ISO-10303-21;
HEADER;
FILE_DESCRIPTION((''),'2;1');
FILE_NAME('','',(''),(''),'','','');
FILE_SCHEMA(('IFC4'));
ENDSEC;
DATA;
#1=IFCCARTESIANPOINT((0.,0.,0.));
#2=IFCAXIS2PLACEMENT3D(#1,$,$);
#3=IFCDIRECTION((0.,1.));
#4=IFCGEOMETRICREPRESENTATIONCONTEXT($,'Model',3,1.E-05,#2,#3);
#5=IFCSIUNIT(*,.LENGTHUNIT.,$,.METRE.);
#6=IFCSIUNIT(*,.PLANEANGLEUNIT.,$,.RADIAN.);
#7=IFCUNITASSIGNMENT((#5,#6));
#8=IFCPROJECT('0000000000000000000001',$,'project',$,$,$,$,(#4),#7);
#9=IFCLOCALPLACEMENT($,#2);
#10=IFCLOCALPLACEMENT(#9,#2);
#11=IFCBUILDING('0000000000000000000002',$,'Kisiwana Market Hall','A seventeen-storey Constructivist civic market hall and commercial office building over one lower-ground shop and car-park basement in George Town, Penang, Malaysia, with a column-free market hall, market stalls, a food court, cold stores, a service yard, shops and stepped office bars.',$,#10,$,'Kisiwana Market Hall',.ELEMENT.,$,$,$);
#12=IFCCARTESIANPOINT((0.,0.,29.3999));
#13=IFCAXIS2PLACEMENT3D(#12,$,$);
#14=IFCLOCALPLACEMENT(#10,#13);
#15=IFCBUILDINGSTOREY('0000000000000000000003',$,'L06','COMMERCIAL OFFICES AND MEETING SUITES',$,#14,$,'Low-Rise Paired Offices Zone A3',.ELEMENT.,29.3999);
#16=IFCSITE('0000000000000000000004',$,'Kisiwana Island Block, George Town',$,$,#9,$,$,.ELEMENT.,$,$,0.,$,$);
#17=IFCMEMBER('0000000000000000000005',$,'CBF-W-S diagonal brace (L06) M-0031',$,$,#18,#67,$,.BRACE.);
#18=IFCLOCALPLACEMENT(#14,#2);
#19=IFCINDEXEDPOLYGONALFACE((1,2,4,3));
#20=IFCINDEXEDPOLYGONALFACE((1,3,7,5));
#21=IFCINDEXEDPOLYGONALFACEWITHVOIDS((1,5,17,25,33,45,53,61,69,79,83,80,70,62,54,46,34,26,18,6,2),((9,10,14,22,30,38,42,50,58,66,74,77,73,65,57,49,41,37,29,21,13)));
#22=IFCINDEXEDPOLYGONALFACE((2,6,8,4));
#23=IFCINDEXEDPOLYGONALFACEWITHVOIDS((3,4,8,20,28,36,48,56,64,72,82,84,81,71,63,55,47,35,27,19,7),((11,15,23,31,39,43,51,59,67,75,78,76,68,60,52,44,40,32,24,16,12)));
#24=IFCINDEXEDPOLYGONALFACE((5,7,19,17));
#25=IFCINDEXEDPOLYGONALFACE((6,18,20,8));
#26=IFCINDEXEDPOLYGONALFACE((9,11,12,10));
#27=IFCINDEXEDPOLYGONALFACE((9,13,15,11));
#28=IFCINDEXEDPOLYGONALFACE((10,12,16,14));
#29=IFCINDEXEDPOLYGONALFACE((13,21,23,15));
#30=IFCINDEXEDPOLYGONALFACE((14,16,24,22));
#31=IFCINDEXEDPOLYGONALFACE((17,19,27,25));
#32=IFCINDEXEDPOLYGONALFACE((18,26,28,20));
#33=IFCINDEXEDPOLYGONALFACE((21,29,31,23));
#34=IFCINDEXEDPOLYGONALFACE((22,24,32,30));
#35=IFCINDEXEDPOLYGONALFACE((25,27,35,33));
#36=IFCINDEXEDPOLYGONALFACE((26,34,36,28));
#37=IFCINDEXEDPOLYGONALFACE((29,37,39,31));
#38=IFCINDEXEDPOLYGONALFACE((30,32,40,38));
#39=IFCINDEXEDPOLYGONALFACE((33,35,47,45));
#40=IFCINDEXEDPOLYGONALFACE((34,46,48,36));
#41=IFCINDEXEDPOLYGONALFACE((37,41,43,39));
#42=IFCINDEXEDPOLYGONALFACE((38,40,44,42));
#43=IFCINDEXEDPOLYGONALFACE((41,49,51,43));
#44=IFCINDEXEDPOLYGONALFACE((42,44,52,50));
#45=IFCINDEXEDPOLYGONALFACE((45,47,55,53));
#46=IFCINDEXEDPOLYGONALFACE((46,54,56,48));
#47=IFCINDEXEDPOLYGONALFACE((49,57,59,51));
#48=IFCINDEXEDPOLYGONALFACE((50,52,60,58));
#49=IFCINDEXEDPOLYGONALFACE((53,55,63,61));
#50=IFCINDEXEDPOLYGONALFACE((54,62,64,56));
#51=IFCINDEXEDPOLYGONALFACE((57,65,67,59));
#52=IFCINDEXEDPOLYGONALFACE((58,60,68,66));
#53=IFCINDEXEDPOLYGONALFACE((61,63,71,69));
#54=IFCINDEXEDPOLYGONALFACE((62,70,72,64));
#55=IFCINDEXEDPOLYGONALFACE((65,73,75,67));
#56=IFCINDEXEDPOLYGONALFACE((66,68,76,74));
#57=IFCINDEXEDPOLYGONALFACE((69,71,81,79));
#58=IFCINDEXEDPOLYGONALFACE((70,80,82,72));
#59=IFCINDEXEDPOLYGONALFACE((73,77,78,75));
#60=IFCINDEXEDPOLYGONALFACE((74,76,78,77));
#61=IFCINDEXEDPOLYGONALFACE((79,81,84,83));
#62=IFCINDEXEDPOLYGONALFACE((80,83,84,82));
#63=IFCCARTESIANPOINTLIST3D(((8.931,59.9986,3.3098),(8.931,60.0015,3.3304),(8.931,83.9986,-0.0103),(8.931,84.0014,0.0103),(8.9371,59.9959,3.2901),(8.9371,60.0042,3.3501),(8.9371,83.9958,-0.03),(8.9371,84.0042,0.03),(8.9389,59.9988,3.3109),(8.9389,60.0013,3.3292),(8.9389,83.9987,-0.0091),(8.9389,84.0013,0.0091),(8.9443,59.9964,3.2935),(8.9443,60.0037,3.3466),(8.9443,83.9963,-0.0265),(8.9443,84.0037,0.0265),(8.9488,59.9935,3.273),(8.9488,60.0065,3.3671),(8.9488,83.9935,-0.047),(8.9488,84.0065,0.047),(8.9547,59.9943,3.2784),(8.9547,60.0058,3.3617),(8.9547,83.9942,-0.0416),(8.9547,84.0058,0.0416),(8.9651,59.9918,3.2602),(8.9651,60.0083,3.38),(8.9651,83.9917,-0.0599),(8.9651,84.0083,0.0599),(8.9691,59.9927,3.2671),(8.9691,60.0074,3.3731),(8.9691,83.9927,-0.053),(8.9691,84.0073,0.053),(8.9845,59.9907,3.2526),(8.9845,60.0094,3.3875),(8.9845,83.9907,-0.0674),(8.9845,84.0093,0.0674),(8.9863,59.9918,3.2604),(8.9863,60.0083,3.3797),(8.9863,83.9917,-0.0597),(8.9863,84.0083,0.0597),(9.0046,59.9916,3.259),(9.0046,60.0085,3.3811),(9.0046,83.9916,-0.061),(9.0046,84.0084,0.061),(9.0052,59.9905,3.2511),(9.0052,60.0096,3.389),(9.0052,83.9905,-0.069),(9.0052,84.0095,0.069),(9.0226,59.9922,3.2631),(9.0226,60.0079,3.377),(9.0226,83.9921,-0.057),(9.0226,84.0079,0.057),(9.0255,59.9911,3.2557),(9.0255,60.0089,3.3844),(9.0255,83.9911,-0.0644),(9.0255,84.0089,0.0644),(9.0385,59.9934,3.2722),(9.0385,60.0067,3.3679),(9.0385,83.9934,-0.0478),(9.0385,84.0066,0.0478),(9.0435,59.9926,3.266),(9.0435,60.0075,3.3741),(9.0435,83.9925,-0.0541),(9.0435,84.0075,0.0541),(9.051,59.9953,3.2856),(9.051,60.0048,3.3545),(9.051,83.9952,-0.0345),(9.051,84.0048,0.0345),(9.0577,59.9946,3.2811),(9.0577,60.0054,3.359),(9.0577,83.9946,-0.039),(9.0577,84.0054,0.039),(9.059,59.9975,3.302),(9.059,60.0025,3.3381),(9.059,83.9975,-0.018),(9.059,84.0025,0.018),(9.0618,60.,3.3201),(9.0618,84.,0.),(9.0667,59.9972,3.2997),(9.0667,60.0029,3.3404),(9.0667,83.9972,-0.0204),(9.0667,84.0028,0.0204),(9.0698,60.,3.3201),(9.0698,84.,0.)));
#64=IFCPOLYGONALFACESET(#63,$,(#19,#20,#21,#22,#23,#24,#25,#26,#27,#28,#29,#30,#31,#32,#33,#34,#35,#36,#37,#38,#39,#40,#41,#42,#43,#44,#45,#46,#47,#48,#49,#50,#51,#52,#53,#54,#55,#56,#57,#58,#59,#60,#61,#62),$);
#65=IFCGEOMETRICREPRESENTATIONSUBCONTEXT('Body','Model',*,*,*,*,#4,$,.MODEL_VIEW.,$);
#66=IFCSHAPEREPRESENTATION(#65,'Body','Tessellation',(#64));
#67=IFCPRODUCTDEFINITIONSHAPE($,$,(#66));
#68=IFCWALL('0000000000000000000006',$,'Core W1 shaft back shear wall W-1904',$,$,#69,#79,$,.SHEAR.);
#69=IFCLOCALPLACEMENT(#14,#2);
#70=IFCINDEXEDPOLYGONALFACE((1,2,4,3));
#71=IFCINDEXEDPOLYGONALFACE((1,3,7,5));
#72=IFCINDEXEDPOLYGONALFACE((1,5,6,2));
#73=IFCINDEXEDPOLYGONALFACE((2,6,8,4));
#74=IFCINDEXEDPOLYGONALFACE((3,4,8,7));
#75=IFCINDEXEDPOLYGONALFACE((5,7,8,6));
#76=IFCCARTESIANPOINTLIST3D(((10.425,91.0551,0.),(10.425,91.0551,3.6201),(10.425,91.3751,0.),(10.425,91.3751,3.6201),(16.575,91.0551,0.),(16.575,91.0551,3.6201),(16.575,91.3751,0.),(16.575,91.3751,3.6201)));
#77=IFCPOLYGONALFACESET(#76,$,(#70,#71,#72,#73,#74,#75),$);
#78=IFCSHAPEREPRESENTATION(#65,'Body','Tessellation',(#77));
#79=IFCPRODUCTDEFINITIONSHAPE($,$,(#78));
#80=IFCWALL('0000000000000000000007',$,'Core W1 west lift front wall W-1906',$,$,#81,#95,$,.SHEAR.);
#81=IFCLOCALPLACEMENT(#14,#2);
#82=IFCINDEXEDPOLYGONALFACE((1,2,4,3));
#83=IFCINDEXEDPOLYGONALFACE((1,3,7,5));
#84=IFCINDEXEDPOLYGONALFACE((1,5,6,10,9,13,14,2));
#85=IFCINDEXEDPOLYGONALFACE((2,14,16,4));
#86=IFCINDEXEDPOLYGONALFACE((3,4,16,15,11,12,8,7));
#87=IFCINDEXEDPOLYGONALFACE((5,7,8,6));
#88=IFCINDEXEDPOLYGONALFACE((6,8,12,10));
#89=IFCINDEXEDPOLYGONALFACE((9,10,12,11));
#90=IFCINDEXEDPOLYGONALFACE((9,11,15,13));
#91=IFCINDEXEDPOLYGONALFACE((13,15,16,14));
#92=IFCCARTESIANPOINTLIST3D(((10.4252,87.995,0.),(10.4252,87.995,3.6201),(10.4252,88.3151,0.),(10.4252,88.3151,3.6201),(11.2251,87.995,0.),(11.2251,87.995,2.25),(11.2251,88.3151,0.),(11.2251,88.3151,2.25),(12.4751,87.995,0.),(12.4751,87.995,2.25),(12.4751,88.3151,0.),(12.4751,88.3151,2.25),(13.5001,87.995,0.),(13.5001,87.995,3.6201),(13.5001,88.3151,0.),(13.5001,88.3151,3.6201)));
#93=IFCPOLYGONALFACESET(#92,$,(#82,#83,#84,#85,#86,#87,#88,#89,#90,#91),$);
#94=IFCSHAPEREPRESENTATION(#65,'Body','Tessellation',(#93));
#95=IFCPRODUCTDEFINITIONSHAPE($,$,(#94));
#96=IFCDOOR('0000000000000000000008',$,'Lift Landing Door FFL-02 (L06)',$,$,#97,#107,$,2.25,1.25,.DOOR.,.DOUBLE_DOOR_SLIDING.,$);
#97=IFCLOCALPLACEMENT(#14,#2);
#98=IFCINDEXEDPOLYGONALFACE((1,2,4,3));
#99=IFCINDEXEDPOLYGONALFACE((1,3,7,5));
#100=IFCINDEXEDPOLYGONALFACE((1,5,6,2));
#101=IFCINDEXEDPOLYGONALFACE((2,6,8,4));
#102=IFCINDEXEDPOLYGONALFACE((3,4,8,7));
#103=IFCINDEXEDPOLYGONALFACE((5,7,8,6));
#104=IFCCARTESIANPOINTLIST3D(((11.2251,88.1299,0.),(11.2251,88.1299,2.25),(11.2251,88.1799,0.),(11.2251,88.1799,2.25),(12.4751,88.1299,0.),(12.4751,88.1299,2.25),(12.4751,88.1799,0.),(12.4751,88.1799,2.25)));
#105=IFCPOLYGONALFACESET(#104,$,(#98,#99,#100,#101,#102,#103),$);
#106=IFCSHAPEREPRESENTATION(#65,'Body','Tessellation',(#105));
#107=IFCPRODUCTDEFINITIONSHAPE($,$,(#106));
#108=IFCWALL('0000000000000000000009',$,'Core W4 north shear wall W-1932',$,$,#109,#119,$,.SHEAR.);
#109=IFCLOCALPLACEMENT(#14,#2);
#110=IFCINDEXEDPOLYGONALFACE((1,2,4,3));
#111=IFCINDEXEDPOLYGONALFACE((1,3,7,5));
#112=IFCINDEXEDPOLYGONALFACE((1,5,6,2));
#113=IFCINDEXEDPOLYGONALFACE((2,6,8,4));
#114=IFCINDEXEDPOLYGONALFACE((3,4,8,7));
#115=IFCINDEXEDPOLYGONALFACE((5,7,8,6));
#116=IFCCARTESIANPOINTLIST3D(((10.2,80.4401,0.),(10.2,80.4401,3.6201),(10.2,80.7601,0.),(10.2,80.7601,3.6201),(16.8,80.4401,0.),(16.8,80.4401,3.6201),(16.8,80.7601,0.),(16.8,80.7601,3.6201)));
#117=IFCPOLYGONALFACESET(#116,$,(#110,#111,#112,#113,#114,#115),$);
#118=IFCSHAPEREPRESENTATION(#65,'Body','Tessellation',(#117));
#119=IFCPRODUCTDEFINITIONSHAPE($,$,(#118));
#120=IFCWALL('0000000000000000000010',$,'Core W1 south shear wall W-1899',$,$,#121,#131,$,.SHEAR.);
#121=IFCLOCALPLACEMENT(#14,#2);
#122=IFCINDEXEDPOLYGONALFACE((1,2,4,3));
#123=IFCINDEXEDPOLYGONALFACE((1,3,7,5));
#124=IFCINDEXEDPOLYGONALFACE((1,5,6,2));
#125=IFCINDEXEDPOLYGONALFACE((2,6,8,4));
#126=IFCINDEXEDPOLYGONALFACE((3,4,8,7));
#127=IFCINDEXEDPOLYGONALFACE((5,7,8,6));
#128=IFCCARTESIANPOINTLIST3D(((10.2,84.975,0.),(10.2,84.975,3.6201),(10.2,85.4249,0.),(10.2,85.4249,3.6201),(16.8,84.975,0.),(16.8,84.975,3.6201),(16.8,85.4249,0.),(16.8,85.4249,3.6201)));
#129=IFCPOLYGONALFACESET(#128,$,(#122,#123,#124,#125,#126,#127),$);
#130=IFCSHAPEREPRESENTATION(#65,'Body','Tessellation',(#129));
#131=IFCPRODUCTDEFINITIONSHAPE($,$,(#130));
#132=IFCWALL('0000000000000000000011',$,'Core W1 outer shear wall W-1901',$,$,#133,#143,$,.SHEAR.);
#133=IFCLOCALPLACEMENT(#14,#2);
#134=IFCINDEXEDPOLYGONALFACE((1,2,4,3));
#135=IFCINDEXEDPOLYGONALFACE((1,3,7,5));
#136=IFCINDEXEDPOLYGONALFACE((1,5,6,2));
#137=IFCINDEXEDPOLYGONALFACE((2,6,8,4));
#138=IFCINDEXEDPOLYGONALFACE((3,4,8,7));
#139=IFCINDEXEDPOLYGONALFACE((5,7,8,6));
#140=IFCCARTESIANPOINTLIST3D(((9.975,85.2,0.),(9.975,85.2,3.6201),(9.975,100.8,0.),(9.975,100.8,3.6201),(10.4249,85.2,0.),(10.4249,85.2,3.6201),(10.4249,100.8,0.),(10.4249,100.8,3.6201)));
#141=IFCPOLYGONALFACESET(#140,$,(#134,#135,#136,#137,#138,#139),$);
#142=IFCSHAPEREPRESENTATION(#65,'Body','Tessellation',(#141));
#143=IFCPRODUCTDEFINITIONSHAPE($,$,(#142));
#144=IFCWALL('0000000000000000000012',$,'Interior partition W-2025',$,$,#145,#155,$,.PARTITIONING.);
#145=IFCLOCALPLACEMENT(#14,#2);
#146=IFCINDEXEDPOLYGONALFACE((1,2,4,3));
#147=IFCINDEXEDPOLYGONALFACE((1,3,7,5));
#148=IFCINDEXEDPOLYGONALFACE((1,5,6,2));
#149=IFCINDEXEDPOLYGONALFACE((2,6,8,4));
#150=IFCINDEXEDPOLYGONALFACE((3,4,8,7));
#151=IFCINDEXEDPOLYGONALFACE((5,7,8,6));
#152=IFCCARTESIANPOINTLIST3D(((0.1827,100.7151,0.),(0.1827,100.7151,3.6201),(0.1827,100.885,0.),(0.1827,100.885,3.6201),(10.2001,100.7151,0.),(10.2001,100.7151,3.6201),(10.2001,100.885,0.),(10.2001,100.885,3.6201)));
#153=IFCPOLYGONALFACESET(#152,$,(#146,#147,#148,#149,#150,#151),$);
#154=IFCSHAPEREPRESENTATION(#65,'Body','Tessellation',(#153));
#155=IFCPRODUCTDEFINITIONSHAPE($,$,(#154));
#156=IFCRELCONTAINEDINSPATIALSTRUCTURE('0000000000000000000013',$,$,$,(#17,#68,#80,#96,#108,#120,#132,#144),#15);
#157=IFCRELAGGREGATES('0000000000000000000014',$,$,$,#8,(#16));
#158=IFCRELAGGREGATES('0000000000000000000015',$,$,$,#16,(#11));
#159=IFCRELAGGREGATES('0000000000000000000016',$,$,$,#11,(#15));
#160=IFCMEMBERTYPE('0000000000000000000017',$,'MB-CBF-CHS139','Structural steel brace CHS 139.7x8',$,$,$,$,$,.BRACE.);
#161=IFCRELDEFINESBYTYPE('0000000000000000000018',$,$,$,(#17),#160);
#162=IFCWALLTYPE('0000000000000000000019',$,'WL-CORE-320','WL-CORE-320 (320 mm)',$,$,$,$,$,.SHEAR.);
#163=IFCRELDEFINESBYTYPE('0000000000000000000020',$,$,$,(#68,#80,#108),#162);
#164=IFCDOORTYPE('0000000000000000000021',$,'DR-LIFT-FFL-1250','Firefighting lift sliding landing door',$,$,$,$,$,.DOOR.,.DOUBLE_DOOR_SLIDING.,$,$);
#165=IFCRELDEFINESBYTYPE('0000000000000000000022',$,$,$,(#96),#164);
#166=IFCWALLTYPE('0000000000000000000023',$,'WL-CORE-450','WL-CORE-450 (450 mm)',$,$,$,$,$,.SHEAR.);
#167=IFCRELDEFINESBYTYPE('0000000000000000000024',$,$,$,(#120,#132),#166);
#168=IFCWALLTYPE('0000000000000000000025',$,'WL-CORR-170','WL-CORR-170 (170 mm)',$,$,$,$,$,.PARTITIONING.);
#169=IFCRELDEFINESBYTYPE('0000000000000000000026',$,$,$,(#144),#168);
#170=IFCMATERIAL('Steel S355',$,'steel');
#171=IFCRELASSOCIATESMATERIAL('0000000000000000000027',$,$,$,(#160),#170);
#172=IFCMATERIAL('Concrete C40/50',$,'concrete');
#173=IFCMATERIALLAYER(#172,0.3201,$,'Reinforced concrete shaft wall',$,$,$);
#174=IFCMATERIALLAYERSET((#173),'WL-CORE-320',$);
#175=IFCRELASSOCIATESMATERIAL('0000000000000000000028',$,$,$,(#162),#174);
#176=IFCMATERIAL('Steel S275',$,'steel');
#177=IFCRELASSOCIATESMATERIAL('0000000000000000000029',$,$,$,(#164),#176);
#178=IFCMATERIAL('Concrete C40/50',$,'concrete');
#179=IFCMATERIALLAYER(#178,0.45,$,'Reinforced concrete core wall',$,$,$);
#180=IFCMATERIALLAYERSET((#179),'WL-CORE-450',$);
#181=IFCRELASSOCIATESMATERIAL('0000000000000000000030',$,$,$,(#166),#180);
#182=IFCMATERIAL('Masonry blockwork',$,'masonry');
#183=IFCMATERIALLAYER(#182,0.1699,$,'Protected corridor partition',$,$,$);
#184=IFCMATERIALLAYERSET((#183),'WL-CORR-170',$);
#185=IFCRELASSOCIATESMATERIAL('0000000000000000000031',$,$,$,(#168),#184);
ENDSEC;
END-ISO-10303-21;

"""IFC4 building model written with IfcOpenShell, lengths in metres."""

from ifc_helpers import new_model, si_unit, direction, frame, frame_2d, origin, origin_2d, place, context, subcontext, project, spatial, rectangle, hollow_circle, extrude, material, layer, layer_set, material_profile, profile_set, type_object, element, fill, save


model = new_model("IFC4")

# Units and contexts
model_context = context("Model", 3, precision=1e-05, world=origin(), true_north=direction((0.0, 1.0)))
body_context = subcontext(model_context, "Body", "Model", "MODEL_VIEW")
ifc_project = project(units=[si_unit("LENGTHUNIT", "METRE"), si_unit("PLANEANGLEUNIT", "RADIAN")], contexts=[model_context])

# Site, building, storey
site_placement = place(None, origin())
site = spatial("IfcSite", under=ifc_project, at=site_placement, Name="Kisiwana Island Block, George Town", CompositionType="ELEMENT", RefElevation=0.0)
building_placement = place(site_placement, origin())
building = spatial("IfcBuilding", under=site, at=building_placement, Name="Kisiwana Market Hall", Description="A seventeen-storey Constructivist civic market hall and commercial office building over one lower-ground shop and car-park basement in George Town, Penang, Malaysia, with a column-free market hall, market stalls, a food court, cold stores, a service yard, shops and stepped office bars.", LongName="Kisiwana Market Hall", CompositionType="ELEMENT")
storey_placement = place(building_placement, frame((0.0, 0.0, 29.3999)))
storey = spatial("IfcBuildingStorey", under=building, at=storey_placement, Name="L06", Description="COMMERCIAL OFFICES AND MEETING SUITES", LongName="Low-Rise Paired Offices Zone A3", CompositionType="ELEMENT", Elevation=29.3999)

# Member
ifc_material_1 = material(Name="Steel S355", Category="steel")
ifc_material_profile_1 = material_profile(ifc_material_1, hollow_circle(Radius=0.0698, WallThickness=0.0081, at=origin_2d()), Name="CHS 139.7x8")
ifc_profile_set_1 = profile_set([ifc_material_profile_1], Name="Steel S355")
member_type = type_object("IfcMemberType", Name="MB-CBF-CHS139", Description="Structural steel brace CHS 139.7x8", PredefinedType="BRACE", material=ifc_profile_set_1)
member_placement = place(storey_placement, frame((9.0, 84.0, 0.0), z_axis=(0.0, -0.990567, 0.137031), x_axis=(1.0, 0.0, 0.0)))
element("IfcMember", 1, at=member_placement, inside=storey, type_object=member_type, Name="CBF-W-S diagonal brace (L06) M-0031", PredefinedType="BRACE", context=body_context, shape_type="SweptSolid", body=[
    extrude(hollow_circle(Radius=0.0698, WallThickness=0.0081, at=origin_2d()), origin(), (0.0, 0.0, 1.0), 24.2285),
])

# Wall
ifc_material_2 = material(Name="Concrete C40/50", Category="concrete")
ifc_layer_1 = layer(ifc_material_2, 0.3201, Name="Reinforced concrete shaft wall")
ifc_layer_set_1 = layer_set([ifc_layer_1], Name="WL-CORE-320")
wall_type_1 = type_object("IfcWallType", Name="WL-CORE-320", Description="WL-CORE-320 (320 mm)", PredefinedType="SHEAR", material=ifc_layer_set_1)
wall_1_placement = place(storey_placement, frame((10.425, 91.2151, 0.0), z_axis=(0.0, 0.0, 1.0), x_axis=(1.0, 0.0, 0.0)))
element("IfcWall", 2, at=wall_1_placement, inside=storey, type_object=wall_type_1, Name="Core W1 shaft back shear wall W-1904", PredefinedType="SHEAR", context=body_context, shape_type="SweptSolid", body=[
    extrude(rectangle(XDim=6.1499, YDim=0.3201, at=frame_2d((3.075, 0.0))), origin(), (0.0, 0.0, 1.0), 3.6201),
])

# Wall, opening, door
wall_2_placement = place(storey_placement, frame((10.425, 88.155, 0.0), z_axis=(0.0, 0.0, 1.0), x_axis=(1.0, 0.0, 0.0)))
wall_2 = element("IfcWall", 3, at=wall_2_placement, inside=storey, type_object=wall_type_1, Name="Core W1 west lift front wall W-1906", PredefinedType="SHEAR", context=body_context, shape_type="SweptSolid", body=[
    extrude(rectangle(XDim=3.075, YDim=0.3201, at=frame_2d((1.5376, 0.0))), origin(), (0.0, 0.0, 1.0), 3.6201),
])
opening_1_placement = place(wall_2_placement, frame((0.8, 0.0, 0.0)))
opening_1 = element("IfcOpeningElement", 4, at=opening_1_placement, cuts=wall_2, PredefinedType="OPENING", context=body_context, shape_type="SweptSolid", body=[
    extrude(rectangle(XDim=1.25, YDim=2.25, at=frame_2d((0.625, 1.125))), frame((0.0, 0.1719, 0.0), z_axis=(0.0, -1.0, 0.0), x_axis=(1.0, 0.0, 0.0)), (0.0, 0.0, 1.0), 0.344),
])
ifc_material_3 = material(Name="Steel S275", Category="steel")
door_type_1 = type_object("IfcDoorType", Name="DR-LIFT-FFL-1250", Description="Firefighting lift sliding landing door", OperationType="DOUBLE_DOOR_SLIDING", PredefinedType="DOOR", material=ifc_material_3)
door_1_placement = place(opening_1_placement, origin())
door_1 = element("IfcDoor", 5, at=door_1_placement, inside=storey, type_object=door_type_1, Name="Lift Landing Door FFL-02 (L06)", OperationType="DOUBLE_DOOR_SLIDING", OverallHeight=2.25, OverallWidth=1.25, PredefinedType="DOOR", context=body_context, shape_type="SweptSolid", body=[
    extrude(rectangle(XDim=1.25, YDim=2.25, at=frame_2d((0.625, 1.125))), frame((0.0, 0.0249, 0.0), z_axis=(0.0, -1.0, 0.0), x_axis=(1.0, 0.0, 0.0)), (0.0, 0.0, 1.0), 0.05),
])
fill(opening_1, door_1)

# Walls
wall_3_placement = place(storey_placement, frame((10.2, 80.6001, 0.0), z_axis=(0.0, 0.0, 1.0), x_axis=(1.0, 0.0, 0.0)))
element("IfcWall", 6, at=wall_3_placement, inside=storey, type_object=wall_type_1, Name="Core W4 north shear wall W-1932", PredefinedType="SHEAR", context=body_context, shape_type="SweptSolid", body=[
    extrude(rectangle(XDim=6.6001, YDim=0.3201, at=frame_2d((3.3, 0.0))), origin(), (0.0, 0.0, 1.0), 3.6201),
])
ifc_material_4 = material(Name="Concrete C40/50", Category="concrete")
ifc_layer_2 = layer(ifc_material_4, 0.45, Name="Reinforced concrete core wall")
ifc_layer_set_2 = layer_set([ifc_layer_2], Name="WL-CORE-450")
wall_type_2 = type_object("IfcWallType", Name="WL-CORE-450", Description="WL-CORE-450 (450 mm)", PredefinedType="SHEAR", material=ifc_layer_set_2)
wall_4_placement = place(storey_placement, frame((10.2, 85.2, 0.0), z_axis=(0.0, 0.0, 1.0), x_axis=(1.0, 0.0, 0.0)))
element("IfcWall", 7, at=wall_4_placement, inside=storey, type_object=wall_type_2, Name="Core W1 south shear wall W-1899", PredefinedType="SHEAR", context=body_context, shape_type="SweptSolid", body=[
    extrude(rectangle(XDim=6.6001, YDim=0.45, at=frame_2d((3.3, 0.0))), origin(), (0.0, 0.0, 1.0), 3.6201),
])
wall_5_placement = place(storey_placement, frame((10.2, 85.2, 0.0), z_axis=(0.0, 0.0, 1.0), x_axis=(0.0, 1.0, 0.0)))
element("IfcWall", 8, at=wall_5_placement, inside=storey, type_object=wall_type_2, Name="Core W1 outer shear wall W-1901", PredefinedType="SHEAR", context=body_context, shape_type="SweptSolid", body=[
    extrude(rectangle(XDim=15.6001, YDim=0.45, at=frame_2d((7.8, 0.0))), origin(), (0.0, 0.0, 1.0), 3.6201),
])
ifc_material_5 = material(Name="Masonry blockwork", Category="masonry")
ifc_layer_3 = layer(ifc_material_5, 0.1699, Name="Protected corridor partition")
ifc_layer_set_3 = layer_set([ifc_layer_3], Name="WL-CORR-170")
wall_type_3 = type_object("IfcWallType", Name="WL-CORR-170", Description="WL-CORR-170 (170 mm)", PredefinedType="PARTITIONING", material=ifc_layer_set_3)
wall_6_placement = place(storey_placement, frame((0.1826, 100.8, 0.0), z_axis=(0.0, 0.0, 1.0), x_axis=(1.0, 0.0, 0.0)))
element("IfcWall", 9, at=wall_6_placement, inside=storey, type_object=wall_type_3, Name="Interior partition W-2025", PredefinedType="PARTITIONING", context=body_context, shape_type="SweptSolid", body=[
    extrude(rectangle(XDim=10.0173, YDim=0.1699, at=frame_2d((5.0088, 0.0))), origin(), (0.0, 0.0, 1.0), 3.6201),
])

save(model, "model.ifc")
